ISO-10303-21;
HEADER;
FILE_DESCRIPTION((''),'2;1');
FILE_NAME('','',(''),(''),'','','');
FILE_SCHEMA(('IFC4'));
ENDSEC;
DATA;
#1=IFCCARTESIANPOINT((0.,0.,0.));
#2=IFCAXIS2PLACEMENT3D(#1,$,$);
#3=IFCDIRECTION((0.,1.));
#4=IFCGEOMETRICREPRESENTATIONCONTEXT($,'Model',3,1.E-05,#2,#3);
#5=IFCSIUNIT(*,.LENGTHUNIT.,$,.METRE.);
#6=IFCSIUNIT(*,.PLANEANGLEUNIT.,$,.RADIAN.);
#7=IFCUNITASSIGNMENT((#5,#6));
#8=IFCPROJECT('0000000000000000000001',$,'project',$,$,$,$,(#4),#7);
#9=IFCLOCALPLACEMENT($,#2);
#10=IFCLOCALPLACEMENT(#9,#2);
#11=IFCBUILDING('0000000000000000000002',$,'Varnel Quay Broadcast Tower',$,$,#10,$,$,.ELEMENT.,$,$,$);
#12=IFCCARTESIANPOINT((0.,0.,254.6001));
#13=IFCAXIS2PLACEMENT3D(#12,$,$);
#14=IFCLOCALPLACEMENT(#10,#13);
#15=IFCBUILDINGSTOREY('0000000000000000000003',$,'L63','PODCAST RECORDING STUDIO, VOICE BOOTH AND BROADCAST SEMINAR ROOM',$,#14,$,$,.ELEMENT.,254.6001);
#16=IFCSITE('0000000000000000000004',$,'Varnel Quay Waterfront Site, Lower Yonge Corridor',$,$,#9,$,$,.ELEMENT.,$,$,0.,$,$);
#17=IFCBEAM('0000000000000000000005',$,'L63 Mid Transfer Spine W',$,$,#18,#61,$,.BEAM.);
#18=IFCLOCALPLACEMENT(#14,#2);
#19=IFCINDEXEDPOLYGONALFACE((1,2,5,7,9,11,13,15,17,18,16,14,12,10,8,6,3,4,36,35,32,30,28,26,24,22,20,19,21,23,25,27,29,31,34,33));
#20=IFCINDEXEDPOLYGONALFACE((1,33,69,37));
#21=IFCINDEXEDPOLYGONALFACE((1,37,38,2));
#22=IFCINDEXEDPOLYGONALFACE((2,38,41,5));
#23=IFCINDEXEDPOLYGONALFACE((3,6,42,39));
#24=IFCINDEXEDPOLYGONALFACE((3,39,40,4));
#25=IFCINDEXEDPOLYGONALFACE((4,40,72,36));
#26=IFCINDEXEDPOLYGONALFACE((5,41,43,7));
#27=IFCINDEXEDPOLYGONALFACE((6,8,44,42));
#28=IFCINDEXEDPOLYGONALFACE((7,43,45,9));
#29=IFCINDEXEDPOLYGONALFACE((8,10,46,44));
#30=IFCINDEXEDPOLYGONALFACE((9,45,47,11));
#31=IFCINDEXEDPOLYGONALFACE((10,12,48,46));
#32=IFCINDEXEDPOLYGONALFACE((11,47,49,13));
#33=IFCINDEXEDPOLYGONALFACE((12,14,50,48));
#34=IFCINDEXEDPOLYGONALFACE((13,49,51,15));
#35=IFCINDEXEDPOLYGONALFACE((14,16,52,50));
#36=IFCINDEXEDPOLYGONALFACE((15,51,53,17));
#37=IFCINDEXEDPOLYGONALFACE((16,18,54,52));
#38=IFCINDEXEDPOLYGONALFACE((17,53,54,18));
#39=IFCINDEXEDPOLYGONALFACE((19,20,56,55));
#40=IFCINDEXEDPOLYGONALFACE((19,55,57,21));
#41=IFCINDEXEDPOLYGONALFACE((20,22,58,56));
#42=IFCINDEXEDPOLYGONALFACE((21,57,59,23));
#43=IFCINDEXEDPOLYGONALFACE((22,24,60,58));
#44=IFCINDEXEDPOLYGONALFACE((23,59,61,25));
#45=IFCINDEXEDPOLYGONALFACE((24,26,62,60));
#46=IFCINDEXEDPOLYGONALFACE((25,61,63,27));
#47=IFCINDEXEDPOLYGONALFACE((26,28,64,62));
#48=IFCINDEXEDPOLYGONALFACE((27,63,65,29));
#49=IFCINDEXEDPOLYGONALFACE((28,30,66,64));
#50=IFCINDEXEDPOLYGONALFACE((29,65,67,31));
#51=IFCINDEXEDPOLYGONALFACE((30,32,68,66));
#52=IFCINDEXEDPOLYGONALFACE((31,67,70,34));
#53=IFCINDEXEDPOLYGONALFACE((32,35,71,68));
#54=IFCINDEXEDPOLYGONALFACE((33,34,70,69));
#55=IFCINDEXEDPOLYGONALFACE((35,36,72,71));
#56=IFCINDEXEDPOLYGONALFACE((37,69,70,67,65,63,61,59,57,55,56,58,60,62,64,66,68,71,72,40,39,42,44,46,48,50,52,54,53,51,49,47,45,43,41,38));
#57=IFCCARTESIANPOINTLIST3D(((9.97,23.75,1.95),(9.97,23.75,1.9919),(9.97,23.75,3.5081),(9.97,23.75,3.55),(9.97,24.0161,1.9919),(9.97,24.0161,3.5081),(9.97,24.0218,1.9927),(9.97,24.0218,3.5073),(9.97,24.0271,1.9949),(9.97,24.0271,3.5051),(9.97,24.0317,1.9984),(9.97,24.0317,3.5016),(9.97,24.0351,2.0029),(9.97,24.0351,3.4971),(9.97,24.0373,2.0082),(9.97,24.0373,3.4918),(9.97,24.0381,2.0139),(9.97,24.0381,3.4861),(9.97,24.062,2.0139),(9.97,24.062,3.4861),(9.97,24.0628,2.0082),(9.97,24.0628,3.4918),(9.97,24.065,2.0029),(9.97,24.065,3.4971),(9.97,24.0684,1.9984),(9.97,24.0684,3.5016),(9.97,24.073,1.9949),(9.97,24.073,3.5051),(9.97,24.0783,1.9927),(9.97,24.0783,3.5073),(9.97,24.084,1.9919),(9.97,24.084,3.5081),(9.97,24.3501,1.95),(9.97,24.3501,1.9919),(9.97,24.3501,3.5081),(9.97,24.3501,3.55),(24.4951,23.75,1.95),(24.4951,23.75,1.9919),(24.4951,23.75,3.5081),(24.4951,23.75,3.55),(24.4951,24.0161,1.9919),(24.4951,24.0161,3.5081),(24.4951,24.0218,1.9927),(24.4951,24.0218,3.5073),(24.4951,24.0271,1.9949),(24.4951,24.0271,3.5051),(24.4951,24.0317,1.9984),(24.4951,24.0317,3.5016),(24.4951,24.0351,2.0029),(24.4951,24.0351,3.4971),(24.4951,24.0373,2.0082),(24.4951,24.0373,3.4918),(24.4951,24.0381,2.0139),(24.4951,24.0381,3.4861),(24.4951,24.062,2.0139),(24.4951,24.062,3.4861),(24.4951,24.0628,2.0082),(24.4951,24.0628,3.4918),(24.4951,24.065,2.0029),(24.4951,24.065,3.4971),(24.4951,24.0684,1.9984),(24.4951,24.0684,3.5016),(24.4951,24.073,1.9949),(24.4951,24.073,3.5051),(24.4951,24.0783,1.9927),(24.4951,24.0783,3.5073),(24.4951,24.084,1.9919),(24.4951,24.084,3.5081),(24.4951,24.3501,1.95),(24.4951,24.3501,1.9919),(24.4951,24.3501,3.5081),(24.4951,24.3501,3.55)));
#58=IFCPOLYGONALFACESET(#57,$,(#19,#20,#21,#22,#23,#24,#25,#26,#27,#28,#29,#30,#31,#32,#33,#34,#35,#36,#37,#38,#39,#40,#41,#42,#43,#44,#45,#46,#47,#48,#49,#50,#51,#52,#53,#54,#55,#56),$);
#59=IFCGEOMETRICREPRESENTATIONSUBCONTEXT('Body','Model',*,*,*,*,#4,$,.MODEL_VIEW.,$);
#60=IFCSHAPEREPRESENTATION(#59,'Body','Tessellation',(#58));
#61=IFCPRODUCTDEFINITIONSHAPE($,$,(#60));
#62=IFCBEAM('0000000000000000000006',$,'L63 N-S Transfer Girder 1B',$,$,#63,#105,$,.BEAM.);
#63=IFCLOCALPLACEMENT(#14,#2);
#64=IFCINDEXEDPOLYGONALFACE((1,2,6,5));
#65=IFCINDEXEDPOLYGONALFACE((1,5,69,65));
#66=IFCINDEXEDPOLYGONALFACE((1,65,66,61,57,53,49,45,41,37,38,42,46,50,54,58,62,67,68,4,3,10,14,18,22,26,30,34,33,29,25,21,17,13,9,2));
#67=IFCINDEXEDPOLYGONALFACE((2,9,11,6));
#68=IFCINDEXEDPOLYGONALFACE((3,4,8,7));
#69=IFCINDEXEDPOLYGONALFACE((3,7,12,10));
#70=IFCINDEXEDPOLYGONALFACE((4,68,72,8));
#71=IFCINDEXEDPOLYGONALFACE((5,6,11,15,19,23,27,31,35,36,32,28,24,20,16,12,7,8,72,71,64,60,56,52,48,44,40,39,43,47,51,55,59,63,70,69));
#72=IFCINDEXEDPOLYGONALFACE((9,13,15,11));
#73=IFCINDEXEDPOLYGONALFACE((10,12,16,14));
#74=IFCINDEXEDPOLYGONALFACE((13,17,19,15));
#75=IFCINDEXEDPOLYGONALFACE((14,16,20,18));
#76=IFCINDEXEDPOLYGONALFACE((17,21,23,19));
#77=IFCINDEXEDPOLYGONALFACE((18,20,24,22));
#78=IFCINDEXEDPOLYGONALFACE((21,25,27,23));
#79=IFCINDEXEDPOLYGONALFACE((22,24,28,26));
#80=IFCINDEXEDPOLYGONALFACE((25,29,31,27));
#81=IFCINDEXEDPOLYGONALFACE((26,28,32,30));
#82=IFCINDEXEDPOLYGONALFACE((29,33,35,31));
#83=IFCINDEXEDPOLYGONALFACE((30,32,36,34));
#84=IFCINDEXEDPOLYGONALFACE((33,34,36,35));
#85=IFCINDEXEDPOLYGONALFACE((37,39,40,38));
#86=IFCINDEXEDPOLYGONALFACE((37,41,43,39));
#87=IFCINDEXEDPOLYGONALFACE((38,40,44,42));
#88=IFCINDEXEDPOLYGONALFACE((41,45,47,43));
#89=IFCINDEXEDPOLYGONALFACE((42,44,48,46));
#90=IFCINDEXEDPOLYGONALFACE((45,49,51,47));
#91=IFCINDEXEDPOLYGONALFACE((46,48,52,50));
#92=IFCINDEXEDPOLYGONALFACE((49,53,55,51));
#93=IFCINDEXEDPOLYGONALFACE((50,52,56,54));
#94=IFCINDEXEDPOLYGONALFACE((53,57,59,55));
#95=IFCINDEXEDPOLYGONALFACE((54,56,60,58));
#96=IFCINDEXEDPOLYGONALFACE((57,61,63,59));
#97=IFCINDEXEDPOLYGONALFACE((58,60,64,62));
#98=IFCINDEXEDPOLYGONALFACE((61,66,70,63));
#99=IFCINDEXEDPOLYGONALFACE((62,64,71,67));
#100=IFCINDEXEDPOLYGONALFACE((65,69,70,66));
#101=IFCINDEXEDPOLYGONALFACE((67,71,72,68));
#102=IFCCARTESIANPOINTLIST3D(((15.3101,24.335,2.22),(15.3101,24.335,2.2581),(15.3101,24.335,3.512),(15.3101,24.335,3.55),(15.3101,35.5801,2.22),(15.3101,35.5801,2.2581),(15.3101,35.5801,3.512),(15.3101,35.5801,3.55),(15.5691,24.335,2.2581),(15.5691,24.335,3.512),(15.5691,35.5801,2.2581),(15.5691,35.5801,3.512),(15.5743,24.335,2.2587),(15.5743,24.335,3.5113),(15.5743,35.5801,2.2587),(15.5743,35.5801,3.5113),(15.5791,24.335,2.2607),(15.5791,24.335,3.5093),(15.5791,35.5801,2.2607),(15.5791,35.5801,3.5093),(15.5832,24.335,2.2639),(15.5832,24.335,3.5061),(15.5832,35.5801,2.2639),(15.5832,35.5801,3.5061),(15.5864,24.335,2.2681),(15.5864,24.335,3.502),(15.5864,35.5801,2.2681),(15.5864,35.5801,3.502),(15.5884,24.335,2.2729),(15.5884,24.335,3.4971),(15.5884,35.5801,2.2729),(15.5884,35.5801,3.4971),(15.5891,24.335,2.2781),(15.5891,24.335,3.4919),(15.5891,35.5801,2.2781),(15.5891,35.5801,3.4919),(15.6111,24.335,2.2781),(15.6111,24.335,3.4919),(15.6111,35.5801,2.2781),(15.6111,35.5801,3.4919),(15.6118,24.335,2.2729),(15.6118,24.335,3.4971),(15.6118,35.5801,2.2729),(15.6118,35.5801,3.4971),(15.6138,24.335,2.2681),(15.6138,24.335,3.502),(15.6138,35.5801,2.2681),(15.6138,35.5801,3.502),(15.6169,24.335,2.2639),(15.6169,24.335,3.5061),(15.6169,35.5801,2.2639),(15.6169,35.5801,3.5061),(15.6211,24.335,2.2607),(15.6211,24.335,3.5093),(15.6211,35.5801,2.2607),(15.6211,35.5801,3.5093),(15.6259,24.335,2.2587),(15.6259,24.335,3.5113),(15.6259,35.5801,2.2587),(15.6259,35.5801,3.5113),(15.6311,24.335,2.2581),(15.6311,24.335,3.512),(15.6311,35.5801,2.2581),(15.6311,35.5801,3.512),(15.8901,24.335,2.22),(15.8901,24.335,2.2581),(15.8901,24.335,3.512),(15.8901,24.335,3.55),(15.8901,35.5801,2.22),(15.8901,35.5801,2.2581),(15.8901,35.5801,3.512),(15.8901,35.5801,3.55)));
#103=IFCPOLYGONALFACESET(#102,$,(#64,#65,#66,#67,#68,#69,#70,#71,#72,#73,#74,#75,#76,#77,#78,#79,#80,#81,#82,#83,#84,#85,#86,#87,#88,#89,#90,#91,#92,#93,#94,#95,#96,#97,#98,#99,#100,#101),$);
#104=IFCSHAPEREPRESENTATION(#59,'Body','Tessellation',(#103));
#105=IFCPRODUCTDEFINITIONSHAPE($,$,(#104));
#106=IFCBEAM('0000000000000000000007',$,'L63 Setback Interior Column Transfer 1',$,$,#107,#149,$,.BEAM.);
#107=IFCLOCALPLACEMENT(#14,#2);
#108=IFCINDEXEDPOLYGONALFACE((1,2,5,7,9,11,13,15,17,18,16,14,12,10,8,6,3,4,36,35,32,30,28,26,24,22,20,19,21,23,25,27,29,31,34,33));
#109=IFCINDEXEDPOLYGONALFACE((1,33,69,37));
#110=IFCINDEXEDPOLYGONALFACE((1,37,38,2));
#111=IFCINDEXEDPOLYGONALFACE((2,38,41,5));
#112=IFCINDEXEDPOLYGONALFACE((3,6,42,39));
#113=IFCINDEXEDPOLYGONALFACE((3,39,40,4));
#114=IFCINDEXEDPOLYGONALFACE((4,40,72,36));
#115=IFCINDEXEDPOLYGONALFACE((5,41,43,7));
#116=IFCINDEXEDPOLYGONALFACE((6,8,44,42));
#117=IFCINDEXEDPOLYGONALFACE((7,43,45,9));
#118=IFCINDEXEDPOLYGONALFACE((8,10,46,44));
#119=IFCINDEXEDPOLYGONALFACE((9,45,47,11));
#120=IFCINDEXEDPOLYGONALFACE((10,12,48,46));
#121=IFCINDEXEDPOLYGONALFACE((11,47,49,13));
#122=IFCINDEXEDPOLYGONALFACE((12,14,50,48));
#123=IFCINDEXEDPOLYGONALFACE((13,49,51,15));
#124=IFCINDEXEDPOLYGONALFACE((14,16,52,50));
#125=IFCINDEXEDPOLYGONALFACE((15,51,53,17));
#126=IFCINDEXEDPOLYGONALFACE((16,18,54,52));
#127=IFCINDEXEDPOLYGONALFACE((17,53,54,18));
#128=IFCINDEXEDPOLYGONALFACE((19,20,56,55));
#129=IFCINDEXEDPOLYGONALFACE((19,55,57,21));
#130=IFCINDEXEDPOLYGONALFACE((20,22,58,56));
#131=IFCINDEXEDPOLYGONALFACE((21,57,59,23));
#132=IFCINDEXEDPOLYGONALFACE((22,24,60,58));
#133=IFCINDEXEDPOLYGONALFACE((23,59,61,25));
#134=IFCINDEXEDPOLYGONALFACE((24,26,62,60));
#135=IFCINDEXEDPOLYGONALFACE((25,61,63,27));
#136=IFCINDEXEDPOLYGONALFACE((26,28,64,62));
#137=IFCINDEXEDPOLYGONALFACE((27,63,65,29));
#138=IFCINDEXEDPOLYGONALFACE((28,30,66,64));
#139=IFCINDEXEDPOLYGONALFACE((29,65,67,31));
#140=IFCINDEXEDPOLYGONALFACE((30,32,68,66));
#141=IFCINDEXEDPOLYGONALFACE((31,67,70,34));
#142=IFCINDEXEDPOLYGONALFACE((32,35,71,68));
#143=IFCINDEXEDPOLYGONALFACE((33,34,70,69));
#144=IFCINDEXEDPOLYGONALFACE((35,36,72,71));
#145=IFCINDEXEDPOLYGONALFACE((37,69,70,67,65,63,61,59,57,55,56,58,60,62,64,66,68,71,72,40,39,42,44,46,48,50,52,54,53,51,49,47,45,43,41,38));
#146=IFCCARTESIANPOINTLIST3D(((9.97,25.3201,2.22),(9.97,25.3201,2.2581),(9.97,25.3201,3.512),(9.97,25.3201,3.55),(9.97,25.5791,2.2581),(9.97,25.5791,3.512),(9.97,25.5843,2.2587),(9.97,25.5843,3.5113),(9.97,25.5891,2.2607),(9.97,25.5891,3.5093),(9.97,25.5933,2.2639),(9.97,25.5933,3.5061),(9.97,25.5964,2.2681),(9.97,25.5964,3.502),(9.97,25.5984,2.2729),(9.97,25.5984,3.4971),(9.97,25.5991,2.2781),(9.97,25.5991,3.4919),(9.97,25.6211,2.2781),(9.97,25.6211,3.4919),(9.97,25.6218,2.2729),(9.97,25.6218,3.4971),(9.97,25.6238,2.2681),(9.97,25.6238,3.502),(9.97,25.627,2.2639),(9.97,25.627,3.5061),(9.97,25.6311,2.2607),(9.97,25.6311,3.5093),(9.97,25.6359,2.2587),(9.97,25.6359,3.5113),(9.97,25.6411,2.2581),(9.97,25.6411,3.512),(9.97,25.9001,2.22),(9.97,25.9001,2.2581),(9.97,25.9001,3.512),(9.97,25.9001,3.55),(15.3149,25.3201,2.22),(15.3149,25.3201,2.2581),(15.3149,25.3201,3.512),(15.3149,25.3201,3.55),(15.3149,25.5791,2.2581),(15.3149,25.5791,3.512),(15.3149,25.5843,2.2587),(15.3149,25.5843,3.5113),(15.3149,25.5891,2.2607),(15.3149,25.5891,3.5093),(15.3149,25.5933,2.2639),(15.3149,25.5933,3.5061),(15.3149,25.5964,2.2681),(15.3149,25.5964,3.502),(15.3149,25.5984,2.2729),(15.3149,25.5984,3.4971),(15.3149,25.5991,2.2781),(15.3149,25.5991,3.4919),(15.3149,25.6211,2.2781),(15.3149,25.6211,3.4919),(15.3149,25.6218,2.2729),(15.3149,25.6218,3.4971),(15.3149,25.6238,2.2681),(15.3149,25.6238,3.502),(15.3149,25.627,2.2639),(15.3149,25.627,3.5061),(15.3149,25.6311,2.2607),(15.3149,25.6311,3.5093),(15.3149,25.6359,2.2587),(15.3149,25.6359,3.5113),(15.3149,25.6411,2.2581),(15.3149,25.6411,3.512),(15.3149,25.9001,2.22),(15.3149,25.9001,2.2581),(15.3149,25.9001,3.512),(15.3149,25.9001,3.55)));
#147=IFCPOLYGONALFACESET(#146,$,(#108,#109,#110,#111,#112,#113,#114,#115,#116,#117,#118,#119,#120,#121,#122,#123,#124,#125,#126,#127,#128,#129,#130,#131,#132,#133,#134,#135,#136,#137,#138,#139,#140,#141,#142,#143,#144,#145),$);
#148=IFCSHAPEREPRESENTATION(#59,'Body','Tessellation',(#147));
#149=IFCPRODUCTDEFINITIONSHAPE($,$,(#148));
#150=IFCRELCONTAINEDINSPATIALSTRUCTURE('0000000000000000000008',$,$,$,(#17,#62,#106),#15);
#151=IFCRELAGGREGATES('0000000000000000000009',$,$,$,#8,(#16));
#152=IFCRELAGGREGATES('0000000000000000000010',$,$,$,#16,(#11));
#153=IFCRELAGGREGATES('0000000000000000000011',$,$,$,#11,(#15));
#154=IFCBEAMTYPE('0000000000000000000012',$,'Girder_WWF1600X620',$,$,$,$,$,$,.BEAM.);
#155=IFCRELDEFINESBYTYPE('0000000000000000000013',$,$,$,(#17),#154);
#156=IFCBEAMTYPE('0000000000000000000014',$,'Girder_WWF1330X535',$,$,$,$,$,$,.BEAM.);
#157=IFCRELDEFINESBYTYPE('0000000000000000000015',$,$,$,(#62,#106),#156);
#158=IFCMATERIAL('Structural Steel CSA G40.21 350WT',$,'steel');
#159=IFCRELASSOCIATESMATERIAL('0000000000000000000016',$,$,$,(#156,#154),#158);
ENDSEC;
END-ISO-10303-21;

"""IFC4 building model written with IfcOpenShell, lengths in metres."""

from ifc_helpers import new_model, si_unit, direction, frame, origin, origin_2d, place, context, subcontext, project, spatial, i_section, extrude, source, transform, mapped, material, material_profile, profile_set, type_object, type_shapes, element, save


model = new_model("IFC4")

# Units and contexts
model_context = context("Model", 3, precision=1e-05, world=origin(), true_north=direction((0.0, 1.0)))
body_context = subcontext(model_context, "Body", "Model", "MODEL_VIEW")
ifc_project = project(units=[si_unit("LENGTHUNIT", "METRE"), si_unit("PLANEANGLEUNIT", "RADIAN")], contexts=[model_context])

# Site, building, storey
site_placement = place(None, origin())
site = spatial("IfcSite", under=ifc_project, at=site_placement, Name="Varnel Quay Waterfront Site, Lower Yonge Corridor", CompositionType="ELEMENT", RefElevation=0.0)
building_placement = place(site_placement, origin())
building = spatial("IfcBuilding", under=site, at=building_placement, Name="Varnel Quay Broadcast Tower", CompositionType="ELEMENT")
storey_placement = place(building_placement, frame((0.0, 0.0, 254.6001)))
storey = spatial("IfcBuildingStorey", under=building, at=storey_placement, Name="L63", Description="PODCAST RECORDING STUDIO, VOICE BOOTH AND BROADCAST SEMINAR ROOM", CompositionType="ELEMENT", Elevation=254.6001)

# Shared definitions
ifc_material_1 = material(Name="Structural Steel CSA G40.21 350WT", Category="steel")

# Beams
ifc_material_profile_1 = material_profile(ifc_material_1, i_section(OverallWidth=0.5801, OverallDepth=1.3301, WebThickness=0.022, FlangeThickness=0.0381, FilletRadius=0.02, at=origin_2d()), Name="WWF1330X535")
ifc_profile_set_1 = profile_set([ifc_material_profile_1], Name="Structural Steel CSA G40.21 350WT")
beam_type_1 = type_object("IfcBeamType", Name="Girder_WWF1330X535", PredefinedType="BEAM", material=ifc_profile_set_1)
ifc_material_profile_2 = material_profile(ifc_material_1, i_section(OverallWidth=0.6001, OverallDepth=1.6001, WebThickness=0.0239, FlangeThickness=0.042, FilletRadius=0.022, at=origin_2d()), Name="WWF1600X620")
ifc_profile_set_2 = profile_set([ifc_material_profile_2], Name="Structural Steel CSA G40.21 350WT")
beam_type_2 = type_object("IfcBeamType", Name="Girder_WWF1600X620", PredefinedType="BEAM", material=ifc_profile_set_2)
shared_shape_1 = source(origin(), body_context, "Body", "SweptSolid", [
    extrude(i_section(OverallWidth=0.6001, OverallDepth=1.6001, WebThickness=0.0239, FlangeThickness=0.042, FilletRadius=0.022, at=origin_2d()), origin(), (0.0, 0.0, 1.0), 14.5251),
])
type_shapes(beam_type_2, [shared_shape_1])
beam_1_placement = place(storey_placement, frame((9.97, 24.05, 2.75), z_axis=(1.0, 0.0, 0.0), x_axis=(0.0, 1.0, 0.0)))
element("IfcBeam", 1, at=beam_1_placement, inside=storey, type_object=beam_type_2, Name="L63 Mid Transfer Spine W", PredefinedType="BEAM", context=body_context, shape_type="MappedRepresentation", body=[
    mapped(shared_shape_1, transform((0.0, 0.0, 0.0), x_axis=(1.0, 0.0, 0.0), y_axis=(0.0, 1.0, 0.0), z_axis=(0.0, 0.0, 1.0), scale=1.0)),
])
shared_shape_2 = source(origin(), body_context, "Body", "SweptSolid", [
    extrude(i_section(OverallWidth=0.5801, OverallDepth=1.3301, WebThickness=0.022, FlangeThickness=0.0381, FilletRadius=0.02, at=origin_2d()), origin(), (0.0, 0.0, 1.0), 11.2451),
])
beam_2_placement = place(storey_placement, frame((15.6001, 24.335, 2.885), z_axis=(0.0, 1.0, 0.0), x_axis=(-1.0, 0.0, 0.0)))
element("IfcBeam", 2, at=beam_2_placement, inside=storey, type_object=beam_type_1, Name="L63 N-S Transfer Girder 1B", PredefinedType="BEAM", context=body_context, shape_type="MappedRepresentation", body=[
    mapped(shared_shape_2, transform((0.0, 0.0, 0.0), x_axis=(1.0, 0.0, 0.0), y_axis=(0.0, 1.0, 0.0), z_axis=(0.0, 0.0, 1.0), scale=1.0)),
])
shared_shape_3 = source(origin(), body_context, "Body", "SweptSolid", [
    extrude(i_section(OverallWidth=0.5801, OverallDepth=1.3301, WebThickness=0.022, FlangeThickness=0.0381, FilletRadius=0.02, at=origin_2d()), origin(), (0.0, 0.0, 1.0), 5.345),
])
beam_3_placement = place(storey_placement, frame((9.97, 25.6101, 2.885), z_axis=(1.0, 0.0, 0.0), x_axis=(0.0, 1.0, 0.0)))
element("IfcBeam", 3, at=beam_3_placement, inside=storey, type_object=beam_type_1, Name="L63 Setback Interior Column Transfer 1", PredefinedType="BEAM", context=body_context, shape_type="MappedRepresentation", body=[
    mapped(shared_shape_3, transform((0.0, 0.0, 0.0), x_axis=(1.0, 0.0, 0.0), y_axis=(0.0, 1.0, 0.0), z_axis=(0.0, 0.0, 1.0), scale=1.0)),
])

save(model, "model.ifc")
